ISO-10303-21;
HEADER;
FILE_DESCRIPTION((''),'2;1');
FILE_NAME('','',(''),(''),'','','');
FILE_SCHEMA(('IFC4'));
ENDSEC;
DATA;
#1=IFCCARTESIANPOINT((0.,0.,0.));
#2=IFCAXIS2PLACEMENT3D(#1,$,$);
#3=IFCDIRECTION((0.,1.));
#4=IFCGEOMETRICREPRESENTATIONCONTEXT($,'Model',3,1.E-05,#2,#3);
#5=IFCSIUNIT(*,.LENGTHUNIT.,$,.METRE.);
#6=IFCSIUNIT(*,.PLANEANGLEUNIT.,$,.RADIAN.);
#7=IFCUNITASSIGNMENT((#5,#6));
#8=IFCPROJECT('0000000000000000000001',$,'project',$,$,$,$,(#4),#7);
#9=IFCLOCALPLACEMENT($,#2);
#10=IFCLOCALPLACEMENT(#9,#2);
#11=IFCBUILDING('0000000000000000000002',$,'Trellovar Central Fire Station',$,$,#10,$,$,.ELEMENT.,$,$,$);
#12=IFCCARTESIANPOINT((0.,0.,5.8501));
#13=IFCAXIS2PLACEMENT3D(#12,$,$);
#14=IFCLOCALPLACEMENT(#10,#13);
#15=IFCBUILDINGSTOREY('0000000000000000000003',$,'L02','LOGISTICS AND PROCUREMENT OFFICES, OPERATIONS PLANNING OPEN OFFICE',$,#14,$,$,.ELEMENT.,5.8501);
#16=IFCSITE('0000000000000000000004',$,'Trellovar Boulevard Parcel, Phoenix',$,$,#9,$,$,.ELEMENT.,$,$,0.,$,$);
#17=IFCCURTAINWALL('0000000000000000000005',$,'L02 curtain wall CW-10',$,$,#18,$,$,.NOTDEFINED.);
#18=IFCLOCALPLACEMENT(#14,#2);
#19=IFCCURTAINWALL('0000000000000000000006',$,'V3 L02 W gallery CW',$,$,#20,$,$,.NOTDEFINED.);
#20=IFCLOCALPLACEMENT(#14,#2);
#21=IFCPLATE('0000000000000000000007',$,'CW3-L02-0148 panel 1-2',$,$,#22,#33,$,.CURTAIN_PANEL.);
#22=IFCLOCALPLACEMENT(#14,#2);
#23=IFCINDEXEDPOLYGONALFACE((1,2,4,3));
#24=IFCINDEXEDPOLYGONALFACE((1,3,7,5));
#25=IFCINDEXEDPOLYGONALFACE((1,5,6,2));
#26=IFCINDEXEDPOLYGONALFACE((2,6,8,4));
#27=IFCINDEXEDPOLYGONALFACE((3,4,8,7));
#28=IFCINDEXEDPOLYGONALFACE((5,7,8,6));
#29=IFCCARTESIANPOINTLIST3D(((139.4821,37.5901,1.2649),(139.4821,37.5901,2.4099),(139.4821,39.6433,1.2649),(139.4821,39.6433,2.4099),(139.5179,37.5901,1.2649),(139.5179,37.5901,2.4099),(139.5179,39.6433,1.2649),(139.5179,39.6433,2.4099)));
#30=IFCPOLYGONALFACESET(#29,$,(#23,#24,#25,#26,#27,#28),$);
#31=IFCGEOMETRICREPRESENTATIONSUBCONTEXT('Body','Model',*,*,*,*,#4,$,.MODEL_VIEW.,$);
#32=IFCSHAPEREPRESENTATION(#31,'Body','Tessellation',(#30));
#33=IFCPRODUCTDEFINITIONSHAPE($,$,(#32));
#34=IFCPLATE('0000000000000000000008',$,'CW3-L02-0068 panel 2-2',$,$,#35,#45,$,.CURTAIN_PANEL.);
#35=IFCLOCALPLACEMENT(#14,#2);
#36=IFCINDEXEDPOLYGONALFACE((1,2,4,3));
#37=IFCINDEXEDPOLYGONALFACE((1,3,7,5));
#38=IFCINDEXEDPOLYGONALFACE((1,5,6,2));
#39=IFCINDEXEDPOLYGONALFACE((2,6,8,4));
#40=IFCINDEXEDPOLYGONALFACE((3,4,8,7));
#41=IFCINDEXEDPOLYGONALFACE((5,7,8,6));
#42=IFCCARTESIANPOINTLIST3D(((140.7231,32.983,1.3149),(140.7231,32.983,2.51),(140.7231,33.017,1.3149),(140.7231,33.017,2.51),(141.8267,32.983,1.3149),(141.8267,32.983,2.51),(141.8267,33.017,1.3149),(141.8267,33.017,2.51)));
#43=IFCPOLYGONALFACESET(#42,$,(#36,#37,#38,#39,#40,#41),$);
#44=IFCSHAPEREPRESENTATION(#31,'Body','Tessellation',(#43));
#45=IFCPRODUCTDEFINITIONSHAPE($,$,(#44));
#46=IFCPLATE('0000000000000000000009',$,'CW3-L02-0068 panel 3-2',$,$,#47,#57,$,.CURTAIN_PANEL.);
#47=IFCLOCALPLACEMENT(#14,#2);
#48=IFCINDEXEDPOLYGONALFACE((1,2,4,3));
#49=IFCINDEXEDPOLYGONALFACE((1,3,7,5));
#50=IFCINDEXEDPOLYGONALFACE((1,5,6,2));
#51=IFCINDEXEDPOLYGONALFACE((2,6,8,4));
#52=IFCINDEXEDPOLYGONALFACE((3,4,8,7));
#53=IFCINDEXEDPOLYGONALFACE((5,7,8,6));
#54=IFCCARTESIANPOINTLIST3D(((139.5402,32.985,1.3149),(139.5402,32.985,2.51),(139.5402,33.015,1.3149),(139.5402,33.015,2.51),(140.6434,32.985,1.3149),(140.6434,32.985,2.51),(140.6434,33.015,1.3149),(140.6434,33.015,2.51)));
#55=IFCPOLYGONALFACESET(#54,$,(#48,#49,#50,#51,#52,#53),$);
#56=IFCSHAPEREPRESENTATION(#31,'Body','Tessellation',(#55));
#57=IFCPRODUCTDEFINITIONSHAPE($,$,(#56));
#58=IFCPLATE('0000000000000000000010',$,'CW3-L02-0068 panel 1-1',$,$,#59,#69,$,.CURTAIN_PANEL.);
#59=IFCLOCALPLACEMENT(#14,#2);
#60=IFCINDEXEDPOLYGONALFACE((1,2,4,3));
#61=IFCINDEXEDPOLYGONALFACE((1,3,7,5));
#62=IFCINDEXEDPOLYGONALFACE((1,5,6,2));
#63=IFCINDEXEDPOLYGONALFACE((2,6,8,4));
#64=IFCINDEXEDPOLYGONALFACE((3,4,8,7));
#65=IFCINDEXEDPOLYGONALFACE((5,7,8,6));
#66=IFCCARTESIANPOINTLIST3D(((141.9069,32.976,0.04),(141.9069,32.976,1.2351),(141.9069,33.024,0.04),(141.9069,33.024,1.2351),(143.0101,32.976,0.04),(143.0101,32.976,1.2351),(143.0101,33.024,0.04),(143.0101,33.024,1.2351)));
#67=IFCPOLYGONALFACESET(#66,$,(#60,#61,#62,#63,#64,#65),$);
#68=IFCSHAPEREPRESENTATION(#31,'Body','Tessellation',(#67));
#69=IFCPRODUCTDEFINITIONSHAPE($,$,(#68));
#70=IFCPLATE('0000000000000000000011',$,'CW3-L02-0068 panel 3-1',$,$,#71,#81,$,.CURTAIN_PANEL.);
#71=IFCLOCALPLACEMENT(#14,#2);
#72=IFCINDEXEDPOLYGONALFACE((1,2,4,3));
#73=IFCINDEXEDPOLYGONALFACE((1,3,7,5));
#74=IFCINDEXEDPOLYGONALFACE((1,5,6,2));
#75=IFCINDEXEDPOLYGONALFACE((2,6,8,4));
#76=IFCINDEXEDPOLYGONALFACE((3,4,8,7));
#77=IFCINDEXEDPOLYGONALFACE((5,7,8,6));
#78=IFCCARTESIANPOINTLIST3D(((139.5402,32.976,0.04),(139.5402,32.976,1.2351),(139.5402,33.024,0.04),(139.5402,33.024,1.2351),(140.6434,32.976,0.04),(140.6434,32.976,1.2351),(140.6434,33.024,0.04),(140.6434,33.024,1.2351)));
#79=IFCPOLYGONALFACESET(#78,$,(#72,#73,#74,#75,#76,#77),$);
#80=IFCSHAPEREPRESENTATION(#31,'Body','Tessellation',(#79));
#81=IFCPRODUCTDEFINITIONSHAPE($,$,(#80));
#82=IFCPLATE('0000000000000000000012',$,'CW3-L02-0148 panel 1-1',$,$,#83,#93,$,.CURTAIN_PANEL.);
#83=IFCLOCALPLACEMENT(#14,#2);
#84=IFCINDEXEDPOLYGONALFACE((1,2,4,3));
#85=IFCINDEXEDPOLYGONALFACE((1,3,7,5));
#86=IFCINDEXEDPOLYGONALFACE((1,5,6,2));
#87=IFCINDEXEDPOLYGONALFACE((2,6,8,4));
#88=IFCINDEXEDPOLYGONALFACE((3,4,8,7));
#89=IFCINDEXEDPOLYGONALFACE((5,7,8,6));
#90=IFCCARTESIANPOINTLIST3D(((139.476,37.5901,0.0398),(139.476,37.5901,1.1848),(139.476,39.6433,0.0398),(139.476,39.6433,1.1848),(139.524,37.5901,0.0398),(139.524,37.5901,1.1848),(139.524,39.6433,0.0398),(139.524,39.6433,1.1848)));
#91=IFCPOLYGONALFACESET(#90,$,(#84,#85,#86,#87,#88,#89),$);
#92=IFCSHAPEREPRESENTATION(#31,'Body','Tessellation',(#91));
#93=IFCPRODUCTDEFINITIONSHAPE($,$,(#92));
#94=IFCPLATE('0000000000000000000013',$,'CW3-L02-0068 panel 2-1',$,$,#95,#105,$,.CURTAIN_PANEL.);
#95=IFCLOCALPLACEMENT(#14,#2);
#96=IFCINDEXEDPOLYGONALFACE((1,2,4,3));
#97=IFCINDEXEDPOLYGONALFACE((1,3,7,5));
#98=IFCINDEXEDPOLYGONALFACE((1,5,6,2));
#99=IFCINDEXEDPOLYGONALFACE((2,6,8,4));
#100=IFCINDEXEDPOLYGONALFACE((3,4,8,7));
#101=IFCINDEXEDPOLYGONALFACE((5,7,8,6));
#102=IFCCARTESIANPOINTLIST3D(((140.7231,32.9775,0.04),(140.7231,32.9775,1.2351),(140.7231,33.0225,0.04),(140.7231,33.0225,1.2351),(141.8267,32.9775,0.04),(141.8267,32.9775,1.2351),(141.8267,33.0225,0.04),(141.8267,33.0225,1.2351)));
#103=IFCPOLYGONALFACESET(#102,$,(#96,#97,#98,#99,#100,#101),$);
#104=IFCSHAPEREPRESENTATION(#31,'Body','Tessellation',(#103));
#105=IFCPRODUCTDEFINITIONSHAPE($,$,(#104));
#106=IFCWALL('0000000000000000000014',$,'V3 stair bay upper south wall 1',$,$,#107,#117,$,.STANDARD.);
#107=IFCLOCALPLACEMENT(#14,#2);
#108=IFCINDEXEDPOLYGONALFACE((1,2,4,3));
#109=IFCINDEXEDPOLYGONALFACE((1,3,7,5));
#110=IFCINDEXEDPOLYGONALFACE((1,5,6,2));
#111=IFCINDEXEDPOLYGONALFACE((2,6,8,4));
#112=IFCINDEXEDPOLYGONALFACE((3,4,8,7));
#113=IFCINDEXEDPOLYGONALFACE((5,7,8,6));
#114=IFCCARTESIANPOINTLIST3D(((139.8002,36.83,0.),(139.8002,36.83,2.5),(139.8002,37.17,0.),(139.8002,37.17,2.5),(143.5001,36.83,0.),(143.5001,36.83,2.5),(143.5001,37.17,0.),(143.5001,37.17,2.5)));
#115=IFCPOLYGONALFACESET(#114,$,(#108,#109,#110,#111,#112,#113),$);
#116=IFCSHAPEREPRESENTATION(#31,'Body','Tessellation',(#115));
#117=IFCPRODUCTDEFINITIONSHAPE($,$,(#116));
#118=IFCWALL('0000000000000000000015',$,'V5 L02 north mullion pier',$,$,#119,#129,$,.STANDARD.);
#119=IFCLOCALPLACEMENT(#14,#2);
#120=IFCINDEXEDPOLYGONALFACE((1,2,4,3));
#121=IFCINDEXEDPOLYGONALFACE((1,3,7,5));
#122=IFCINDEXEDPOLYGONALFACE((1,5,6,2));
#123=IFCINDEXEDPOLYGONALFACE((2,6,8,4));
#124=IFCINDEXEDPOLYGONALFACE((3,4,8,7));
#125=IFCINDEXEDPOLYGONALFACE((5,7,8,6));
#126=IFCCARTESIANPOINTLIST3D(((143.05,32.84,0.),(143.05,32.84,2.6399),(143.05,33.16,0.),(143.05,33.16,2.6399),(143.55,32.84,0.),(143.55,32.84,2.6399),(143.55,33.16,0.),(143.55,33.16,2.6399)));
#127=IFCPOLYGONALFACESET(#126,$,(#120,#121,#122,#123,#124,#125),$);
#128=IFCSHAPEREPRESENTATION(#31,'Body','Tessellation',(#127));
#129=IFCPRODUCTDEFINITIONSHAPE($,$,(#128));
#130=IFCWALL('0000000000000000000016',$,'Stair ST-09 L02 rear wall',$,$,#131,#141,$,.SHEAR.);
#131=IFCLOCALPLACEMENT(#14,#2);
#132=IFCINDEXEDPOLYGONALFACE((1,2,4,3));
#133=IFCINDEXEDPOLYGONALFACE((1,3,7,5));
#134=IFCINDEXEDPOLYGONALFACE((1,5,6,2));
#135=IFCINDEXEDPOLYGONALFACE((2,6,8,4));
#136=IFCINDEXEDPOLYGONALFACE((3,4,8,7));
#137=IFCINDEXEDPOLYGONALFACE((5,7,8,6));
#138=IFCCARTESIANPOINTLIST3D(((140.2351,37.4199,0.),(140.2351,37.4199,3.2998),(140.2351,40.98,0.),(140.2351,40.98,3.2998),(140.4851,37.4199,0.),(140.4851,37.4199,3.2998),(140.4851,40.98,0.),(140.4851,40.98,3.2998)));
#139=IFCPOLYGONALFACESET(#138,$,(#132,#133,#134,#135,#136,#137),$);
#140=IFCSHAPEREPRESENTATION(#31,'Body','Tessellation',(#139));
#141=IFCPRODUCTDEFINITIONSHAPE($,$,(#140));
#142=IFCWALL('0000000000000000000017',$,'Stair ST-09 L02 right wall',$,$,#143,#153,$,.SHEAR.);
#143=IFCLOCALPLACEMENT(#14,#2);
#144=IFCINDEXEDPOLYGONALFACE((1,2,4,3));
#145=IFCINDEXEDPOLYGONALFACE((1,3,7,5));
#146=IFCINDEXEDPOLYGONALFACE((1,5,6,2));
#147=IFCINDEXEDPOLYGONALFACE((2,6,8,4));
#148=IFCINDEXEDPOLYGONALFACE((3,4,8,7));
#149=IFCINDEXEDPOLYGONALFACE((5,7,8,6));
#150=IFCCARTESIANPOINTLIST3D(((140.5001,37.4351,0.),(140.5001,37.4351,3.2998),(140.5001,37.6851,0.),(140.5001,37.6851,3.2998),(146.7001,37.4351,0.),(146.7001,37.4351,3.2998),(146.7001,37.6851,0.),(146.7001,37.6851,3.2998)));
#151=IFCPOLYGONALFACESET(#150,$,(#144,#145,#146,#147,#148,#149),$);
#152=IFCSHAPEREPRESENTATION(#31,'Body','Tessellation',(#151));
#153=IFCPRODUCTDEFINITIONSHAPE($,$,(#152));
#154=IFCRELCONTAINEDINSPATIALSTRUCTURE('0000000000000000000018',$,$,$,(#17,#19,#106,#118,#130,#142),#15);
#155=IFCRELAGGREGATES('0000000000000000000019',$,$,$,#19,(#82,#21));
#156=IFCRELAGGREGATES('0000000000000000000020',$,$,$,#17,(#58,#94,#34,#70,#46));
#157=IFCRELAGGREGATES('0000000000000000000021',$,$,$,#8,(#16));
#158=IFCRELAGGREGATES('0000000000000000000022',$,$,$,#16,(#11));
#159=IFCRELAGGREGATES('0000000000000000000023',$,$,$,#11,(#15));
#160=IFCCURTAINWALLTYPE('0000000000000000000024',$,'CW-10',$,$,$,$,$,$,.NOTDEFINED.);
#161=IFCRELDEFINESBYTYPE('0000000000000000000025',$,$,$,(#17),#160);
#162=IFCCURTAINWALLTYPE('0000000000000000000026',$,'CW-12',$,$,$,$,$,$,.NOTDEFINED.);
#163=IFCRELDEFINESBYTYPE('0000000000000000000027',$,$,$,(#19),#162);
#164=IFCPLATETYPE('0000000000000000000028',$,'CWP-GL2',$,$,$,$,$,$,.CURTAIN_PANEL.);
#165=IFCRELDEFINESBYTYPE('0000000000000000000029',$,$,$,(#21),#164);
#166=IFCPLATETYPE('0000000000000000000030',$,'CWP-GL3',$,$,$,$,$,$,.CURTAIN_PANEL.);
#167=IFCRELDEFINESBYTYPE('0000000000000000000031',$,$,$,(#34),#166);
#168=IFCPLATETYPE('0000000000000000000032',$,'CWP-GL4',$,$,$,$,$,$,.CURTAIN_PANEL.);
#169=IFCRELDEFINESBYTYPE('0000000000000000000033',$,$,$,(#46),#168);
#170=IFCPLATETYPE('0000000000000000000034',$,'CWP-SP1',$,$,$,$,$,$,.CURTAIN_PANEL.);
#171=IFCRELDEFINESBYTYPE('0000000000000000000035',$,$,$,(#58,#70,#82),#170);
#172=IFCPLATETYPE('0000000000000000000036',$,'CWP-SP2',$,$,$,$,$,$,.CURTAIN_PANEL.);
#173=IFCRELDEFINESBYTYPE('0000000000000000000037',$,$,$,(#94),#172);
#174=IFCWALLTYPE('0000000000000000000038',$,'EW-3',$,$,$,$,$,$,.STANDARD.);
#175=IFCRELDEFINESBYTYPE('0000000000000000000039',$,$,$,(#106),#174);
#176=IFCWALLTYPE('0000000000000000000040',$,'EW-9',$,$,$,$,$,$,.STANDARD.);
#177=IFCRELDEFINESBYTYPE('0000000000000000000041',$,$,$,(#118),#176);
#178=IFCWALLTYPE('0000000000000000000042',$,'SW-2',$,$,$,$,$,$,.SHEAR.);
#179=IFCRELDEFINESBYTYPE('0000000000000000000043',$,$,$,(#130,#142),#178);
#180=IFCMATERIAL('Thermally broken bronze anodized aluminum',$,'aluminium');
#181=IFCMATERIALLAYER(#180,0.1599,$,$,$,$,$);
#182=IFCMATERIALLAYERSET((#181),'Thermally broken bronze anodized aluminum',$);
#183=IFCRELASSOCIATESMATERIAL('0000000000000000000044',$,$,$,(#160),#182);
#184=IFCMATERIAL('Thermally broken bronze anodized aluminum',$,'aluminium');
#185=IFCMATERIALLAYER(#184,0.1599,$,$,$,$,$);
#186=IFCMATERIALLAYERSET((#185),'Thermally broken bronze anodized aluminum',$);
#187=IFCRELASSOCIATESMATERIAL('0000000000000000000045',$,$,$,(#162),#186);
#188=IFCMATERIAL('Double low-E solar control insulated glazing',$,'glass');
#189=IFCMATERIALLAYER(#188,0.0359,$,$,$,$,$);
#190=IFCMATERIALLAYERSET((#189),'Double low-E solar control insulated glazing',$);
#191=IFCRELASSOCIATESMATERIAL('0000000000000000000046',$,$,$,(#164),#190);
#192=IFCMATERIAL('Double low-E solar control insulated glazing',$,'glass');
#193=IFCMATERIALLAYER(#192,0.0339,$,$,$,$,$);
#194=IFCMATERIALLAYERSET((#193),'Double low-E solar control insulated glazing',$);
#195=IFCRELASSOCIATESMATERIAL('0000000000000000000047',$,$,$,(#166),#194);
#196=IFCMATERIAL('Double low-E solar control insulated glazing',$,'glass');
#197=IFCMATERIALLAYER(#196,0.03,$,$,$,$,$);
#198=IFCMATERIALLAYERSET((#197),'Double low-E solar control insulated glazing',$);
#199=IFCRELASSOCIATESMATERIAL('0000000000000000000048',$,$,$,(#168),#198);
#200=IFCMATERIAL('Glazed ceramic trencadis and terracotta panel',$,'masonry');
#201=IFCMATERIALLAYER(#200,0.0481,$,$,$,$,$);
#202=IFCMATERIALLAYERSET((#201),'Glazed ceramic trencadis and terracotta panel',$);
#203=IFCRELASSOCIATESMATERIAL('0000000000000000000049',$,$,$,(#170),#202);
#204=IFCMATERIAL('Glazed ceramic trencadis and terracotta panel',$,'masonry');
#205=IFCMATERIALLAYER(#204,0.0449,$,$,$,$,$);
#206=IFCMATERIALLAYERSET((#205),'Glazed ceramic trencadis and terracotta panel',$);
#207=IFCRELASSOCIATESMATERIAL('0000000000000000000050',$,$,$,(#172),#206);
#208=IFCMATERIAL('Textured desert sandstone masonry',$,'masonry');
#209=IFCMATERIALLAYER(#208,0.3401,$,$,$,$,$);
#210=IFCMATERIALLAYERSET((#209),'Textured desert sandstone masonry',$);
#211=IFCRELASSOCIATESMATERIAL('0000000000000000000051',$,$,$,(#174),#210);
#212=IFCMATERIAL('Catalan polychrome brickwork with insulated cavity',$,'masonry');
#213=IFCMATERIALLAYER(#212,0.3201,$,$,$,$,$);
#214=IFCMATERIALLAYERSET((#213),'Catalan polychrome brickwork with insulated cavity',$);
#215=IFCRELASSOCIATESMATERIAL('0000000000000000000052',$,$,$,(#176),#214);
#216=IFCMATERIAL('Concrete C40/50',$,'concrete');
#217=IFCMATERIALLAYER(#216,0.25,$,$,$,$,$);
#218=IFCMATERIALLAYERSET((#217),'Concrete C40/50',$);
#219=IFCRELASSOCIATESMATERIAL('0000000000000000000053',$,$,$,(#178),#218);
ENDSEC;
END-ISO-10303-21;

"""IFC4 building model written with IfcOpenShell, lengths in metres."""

from ifc_helpers import new_model, si_unit, direction, frame, frame_2d, origin, origin_2d, place, context, subcontext, project, spatial, rectangle, extrude, material, layer, layer_set, type_object, element, aggregate, save


model = new_model("IFC4")

# Units and contexts
model_context = context("Model", 3, precision=1e-05, world=origin(), true_north=direction((0.0, 1.0)))
body_context = subcontext(model_context, "Body", "Model", "MODEL_VIEW")
ifc_project = project(units=[si_unit("LENGTHUNIT", "METRE"), si_unit("PLANEANGLEUNIT", "RADIAN")], contexts=[model_context])

# Site, building, storey
site_placement = place(None, origin())
site = spatial("IfcSite", under=ifc_project, at=site_placement, Name="Trellovar Boulevard Parcel, Phoenix", CompositionType="ELEMENT", RefElevation=0.0)
building_placement = place(site_placement, origin())
building = spatial("IfcBuilding", under=site, at=building_placement, Name="Trellovar Central Fire Station", CompositionType="ELEMENT")
storey_placement = place(building_placement, frame((0.0, 0.0, 5.8501)))
storey = spatial("IfcBuildingStorey", under=building, at=storey_placement, Name="L02", Description="LOGISTICS AND PROCUREMENT OFFICES, OPERATIONS PLANNING OPEN OFFICE", CompositionType="ELEMENT", Elevation=5.8501)

# Curtain wall
ifc_material_1 = material(Name="Thermally broken bronze anodized aluminum", Category="aluminium")
ifc_layer_1 = layer(ifc_material_1, 0.1599)
ifc_layer_set_1 = layer_set([ifc_layer_1], Name="Thermally broken bronze anodized aluminum")
curtain_wall_type_1 = type_object("IfcCurtainWallType", Name="CW-10", PredefinedType="NOTDEFINED", material=ifc_layer_set_1)
curtain_wall_1_placement = place(storey_placement, origin())
curtain_wall_1 = element("IfcCurtainWall", 1, at=curtain_wall_1_placement, inside=storey, type_object=curtain_wall_type_1, Name="L02 curtain wall CW-10", PredefinedType="NOTDEFINED")

# Curtain wall
ifc_material_2 = material(Name="Thermally broken bronze anodized aluminum", Category="aluminium")
ifc_layer_2 = layer(ifc_material_2, 0.1599)
ifc_layer_set_2 = layer_set([ifc_layer_2], Name="Thermally broken bronze anodized aluminum")
curtain_wall_type_2 = type_object("IfcCurtainWallType", Name="CW-12", PredefinedType="NOTDEFINED", material=ifc_layer_set_2)
curtain_wall_2_placement = place(storey_placement, origin())
curtain_wall_2 = element("IfcCurtainWall", 2, at=curtain_wall_2_placement, inside=storey, type_object=curtain_wall_type_2, Name="V3 L02 W gallery CW", PredefinedType="NOTDEFINED")

# Plates
ifc_material_3 = material(Name="Double low-E solar control insulated glazing", Category="glass")
ifc_layer_3 = layer(ifc_material_3, 0.0359)
ifc_layer_set_3 = layer_set([ifc_layer_3], Name="Double low-E solar control insulated glazing")
plate_type_1 = type_object("IfcPlateType", Name="CWP-GL2", PredefinedType="CURTAIN_PANEL", material=ifc_layer_set_3)
plate_1_placement = place(storey_placement, frame((139.5, 38.6167, 1.2649), z_axis=(0.0, 0.0, 1.0), x_axis=(0.0, 1.0, 0.0)))
plate_1 = element("IfcPlate", 3, at=plate_1_placement, type_object=plate_type_1, Name="CW3-L02-0148 panel 1-2", PredefinedType="CURTAIN_PANEL", context=body_context, shape_type="SweptSolid", body=[
    extrude(rectangle(XDim=2.0532, YDim=0.0359, at=origin_2d()), origin(), (0.0, 0.0, 1.0), 1.145),
])
ifc_material_4 = material(Name="Double low-E solar control insulated glazing", Category="glass")
ifc_layer_4 = layer(ifc_material_4, 0.0339)
ifc_layer_set_4 = layer_set([ifc_layer_4], Name="Double low-E solar control insulated glazing")
plate_type_2 = type_object("IfcPlateType", Name="CWP-GL3", PredefinedType="CURTAIN_PANEL", material=ifc_layer_set_4)
plate_2_placement = place(storey_placement, frame((141.2749, 33.0, 1.3149), z_axis=(0.0, 0.0, 1.0), x_axis=(-1.0, 0.0, 0.0)))
plate_2 = element("IfcPlate", 4, at=plate_2_placement, type_object=plate_type_2, Name="CW3-L02-0068 panel 2-2", PredefinedType="CURTAIN_PANEL", context=body_context, shape_type="SweptSolid", body=[
    extrude(rectangle(XDim=1.1035, YDim=0.0339, at=origin_2d()), origin(), (0.0, 0.0, 1.0), 1.1951),
])
ifc_material_5 = material(Name="Double low-E solar control insulated glazing", Category="glass")
ifc_layer_5 = layer(ifc_material_5, 0.03)
ifc_layer_set_5 = layer_set([ifc_layer_5], Name="Double low-E solar control insulated glazing")
plate_type_3 = type_object("IfcPlateType", Name="CWP-GL4", PredefinedType="CURTAIN_PANEL", material=ifc_layer_set_5)
plate_3_placement = place(storey_placement, frame((140.0918, 33.0, 1.3149), z_axis=(0.0, 0.0, 1.0), x_axis=(-1.0, 0.0, 0.0)))
plate_3 = element("IfcPlate", 5, at=plate_3_placement, type_object=plate_type_3, Name="CW3-L02-0068 panel 3-2", PredefinedType="CURTAIN_PANEL", context=body_context, shape_type="SweptSolid", body=[
    extrude(rectangle(XDim=1.1033, YDim=0.03, at=origin_2d()), origin(), (0.0, 0.0, 1.0), 1.1951),
])
ifc_material_6 = material(Name="Glazed ceramic trencadis and terracotta panel", Category="masonry")
ifc_layer_6 = layer(ifc_material_6, 0.0481)
ifc_layer_set_6 = layer_set([ifc_layer_6], Name="Glazed ceramic trencadis and terracotta panel")
plate_type_4 = type_object("IfcPlateType", Name="CWP-SP1", PredefinedType="CURTAIN_PANEL", material=ifc_layer_set_6)
plate_4_placement = place(storey_placement, frame((142.4585, 33.0, 0.04), z_axis=(0.0, 0.0, 1.0), x_axis=(-1.0, 0.0, 0.0)))
plate_4 = element("IfcPlate", 6, at=plate_4_placement, type_object=plate_type_4, Name="CW3-L02-0068 panel 1-1", PredefinedType="CURTAIN_PANEL", context=body_context, shape_type="SweptSolid", body=[
    extrude(rectangle(XDim=1.1033, YDim=0.0481, at=origin_2d()), origin(), (0.0, 0.0, 1.0), 1.1951),
])
plate_5_placement = place(storey_placement, frame((140.0918, 33.0, 0.04), z_axis=(0.0, 0.0, 1.0), x_axis=(-1.0, 0.0, 0.0)))
plate_5 = element("IfcPlate", 7, at=plate_5_placement, type_object=plate_type_4, Name="CW3-L02-0068 panel 3-1", PredefinedType="CURTAIN_PANEL", context=body_context, shape_type="SweptSolid", body=[
    extrude(rectangle(XDim=1.1033, YDim=0.0481, at=origin_2d()), origin(), (0.0, 0.0, 1.0), 1.1951),
])
plate_6_placement = place(storey_placement, frame((139.5, 38.6167, 0.0398), z_axis=(0.0, 0.0, 1.0), x_axis=(0.0, 1.0, 0.0)))
plate_6 = element("IfcPlate", 8, at=plate_6_placement, type_object=plate_type_4, Name="CW3-L02-0148 panel 1-1", PredefinedType="CURTAIN_PANEL", context=body_context, shape_type="SweptSolid", body=[
    extrude(rectangle(XDim=2.0532, YDim=0.0481, at=origin_2d()), origin(), (0.0, 0.0, 1.0), 1.145),
])
aggregate(curtain_wall_2, [plate_6, plate_1])
ifc_material_7 = material(Name="Glazed ceramic trencadis and terracotta panel", Category="masonry")
ifc_layer_7 = layer(ifc_material_7, 0.0449)
ifc_layer_set_7 = layer_set([ifc_layer_7], Name="Glazed ceramic trencadis and terracotta panel")
plate_type_5 = type_object("IfcPlateType", Name="CWP-SP2", PredefinedType="CURTAIN_PANEL", material=ifc_layer_set_7)
plate_7_placement = place(storey_placement, frame((141.2749, 33.0, 0.04), z_axis=(0.0, 0.0, 1.0), x_axis=(-1.0, 0.0, 0.0)))
plate_7 = element("IfcPlate", 9, at=plate_7_placement, type_object=plate_type_5, Name="CW3-L02-0068 panel 2-1", PredefinedType="CURTAIN_PANEL", context=body_context, shape_type="SweptSolid", body=[
    extrude(rectangle(XDim=1.1035, YDim=0.0449, at=origin_2d()), origin(), (0.0, 0.0, 1.0), 1.1951),
])
aggregate(curtain_wall_1, [plate_4, plate_7, plate_2, plate_5, plate_3])

# Walls
ifc_material_8 = material(Name="Textured desert sandstone masonry", Category="masonry")
ifc_layer_8 = layer(ifc_material_8, 0.3401)
ifc_layer_set_8 = layer_set([ifc_layer_8], Name="Textured desert sandstone masonry")
wall_type_1 = type_object("IfcWallType", Name="EW-3", PredefinedType="STANDARD", material=ifc_layer_set_8)
wall_1_placement = place(storey_placement, frame((139.8, 37.0, 0.0), z_axis=(0.0, 0.0, 1.0), x_axis=(1.0, 0.0, 0.0)))
element("IfcWall", 10, at=wall_1_placement, inside=storey, type_object=wall_type_1, Name="V3 stair bay upper south wall 1", PredefinedType="STANDARD", context=body_context, shape_type="SweptSolid", body=[
    extrude(rectangle(XDim=3.7, YDim=0.3401, at=frame_2d((1.8501, 0.0))), origin(), (0.0, 0.0, 1.0), 2.5),
])
ifc_material_9 = material(Name="Catalan polychrome brickwork with insulated cavity", Category="masonry")
ifc_layer_9 = layer(ifc_material_9, 0.3201)
ifc_layer_set_9 = layer_set([ifc_layer_9], Name="Catalan polychrome brickwork with insulated cavity")
wall_type_2 = type_object("IfcWallType", Name="EW-9", PredefinedType="STANDARD", material=ifc_layer_set_9)
wall_2_placement = place(storey_placement, frame((143.55, 33.0, 0.0), z_axis=(0.0, 0.0, 1.0), x_axis=(-1.0, 0.0, 0.0)))
element("IfcWall", 11, at=wall_2_placement, inside=storey, type_object=wall_type_2, Name="V5 L02 north mullion pier", PredefinedType="STANDARD", context=body_context, shape_type="SweptSolid", body=[
    extrude(rectangle(XDim=0.5, YDim=0.3201, at=frame_2d((0.25, 0.0))), origin(), (0.0, 0.0, 1.0), 2.6399),
])
ifc_material_10 = material(Name="Concrete C40/50", Category="concrete")
ifc_layer_10 = layer(ifc_material_10, 0.25)
ifc_layer_set_10 = layer_set([ifc_layer_10], Name="Concrete C40/50")
wall_type_3 = type_object("IfcWallType", Name="SW-2", PredefinedType="SHEAR", material=ifc_layer_set_10)
wall_3_placement = place(storey_placement, frame((140.3601, 37.4199, 0.0), z_axis=(0.0, 0.0, 1.0), x_axis=(0.0, 1.0, 0.0)))
element("IfcWall", 12, at=wall_3_placement, inside=storey, type_object=wall_type_3, Name="Stair ST-09 L02 rear wall", PredefinedType="SHEAR", context=body_context, shape_type="SweptSolid", body=[
    extrude(rectangle(XDim=3.5601, YDim=0.25, at=frame_2d((1.78, 0.0))), origin(), (0.0, 0.0, 1.0), 3.2998),
])
wall_4_placement = place(storey_placement, frame((140.5, 37.5601, 0.0), z_axis=(0.0, 0.0, 1.0), x_axis=(1.0, 0.0, 0.0)))
element("IfcWall", 13, at=wall_4_placement, inside=storey, type_object=wall_type_3, Name="Stair ST-09 L02 right wall", PredefinedType="SHEAR", context=body_context, shape_type="SweptSolid", body=[
    extrude(rectangle(XDim=6.2, YDim=0.25, at=frame_2d((3.1001, 0.0))), origin(), (0.0, 0.0, 1.0), 3.2998),
])

save(model, "model.ifc")
